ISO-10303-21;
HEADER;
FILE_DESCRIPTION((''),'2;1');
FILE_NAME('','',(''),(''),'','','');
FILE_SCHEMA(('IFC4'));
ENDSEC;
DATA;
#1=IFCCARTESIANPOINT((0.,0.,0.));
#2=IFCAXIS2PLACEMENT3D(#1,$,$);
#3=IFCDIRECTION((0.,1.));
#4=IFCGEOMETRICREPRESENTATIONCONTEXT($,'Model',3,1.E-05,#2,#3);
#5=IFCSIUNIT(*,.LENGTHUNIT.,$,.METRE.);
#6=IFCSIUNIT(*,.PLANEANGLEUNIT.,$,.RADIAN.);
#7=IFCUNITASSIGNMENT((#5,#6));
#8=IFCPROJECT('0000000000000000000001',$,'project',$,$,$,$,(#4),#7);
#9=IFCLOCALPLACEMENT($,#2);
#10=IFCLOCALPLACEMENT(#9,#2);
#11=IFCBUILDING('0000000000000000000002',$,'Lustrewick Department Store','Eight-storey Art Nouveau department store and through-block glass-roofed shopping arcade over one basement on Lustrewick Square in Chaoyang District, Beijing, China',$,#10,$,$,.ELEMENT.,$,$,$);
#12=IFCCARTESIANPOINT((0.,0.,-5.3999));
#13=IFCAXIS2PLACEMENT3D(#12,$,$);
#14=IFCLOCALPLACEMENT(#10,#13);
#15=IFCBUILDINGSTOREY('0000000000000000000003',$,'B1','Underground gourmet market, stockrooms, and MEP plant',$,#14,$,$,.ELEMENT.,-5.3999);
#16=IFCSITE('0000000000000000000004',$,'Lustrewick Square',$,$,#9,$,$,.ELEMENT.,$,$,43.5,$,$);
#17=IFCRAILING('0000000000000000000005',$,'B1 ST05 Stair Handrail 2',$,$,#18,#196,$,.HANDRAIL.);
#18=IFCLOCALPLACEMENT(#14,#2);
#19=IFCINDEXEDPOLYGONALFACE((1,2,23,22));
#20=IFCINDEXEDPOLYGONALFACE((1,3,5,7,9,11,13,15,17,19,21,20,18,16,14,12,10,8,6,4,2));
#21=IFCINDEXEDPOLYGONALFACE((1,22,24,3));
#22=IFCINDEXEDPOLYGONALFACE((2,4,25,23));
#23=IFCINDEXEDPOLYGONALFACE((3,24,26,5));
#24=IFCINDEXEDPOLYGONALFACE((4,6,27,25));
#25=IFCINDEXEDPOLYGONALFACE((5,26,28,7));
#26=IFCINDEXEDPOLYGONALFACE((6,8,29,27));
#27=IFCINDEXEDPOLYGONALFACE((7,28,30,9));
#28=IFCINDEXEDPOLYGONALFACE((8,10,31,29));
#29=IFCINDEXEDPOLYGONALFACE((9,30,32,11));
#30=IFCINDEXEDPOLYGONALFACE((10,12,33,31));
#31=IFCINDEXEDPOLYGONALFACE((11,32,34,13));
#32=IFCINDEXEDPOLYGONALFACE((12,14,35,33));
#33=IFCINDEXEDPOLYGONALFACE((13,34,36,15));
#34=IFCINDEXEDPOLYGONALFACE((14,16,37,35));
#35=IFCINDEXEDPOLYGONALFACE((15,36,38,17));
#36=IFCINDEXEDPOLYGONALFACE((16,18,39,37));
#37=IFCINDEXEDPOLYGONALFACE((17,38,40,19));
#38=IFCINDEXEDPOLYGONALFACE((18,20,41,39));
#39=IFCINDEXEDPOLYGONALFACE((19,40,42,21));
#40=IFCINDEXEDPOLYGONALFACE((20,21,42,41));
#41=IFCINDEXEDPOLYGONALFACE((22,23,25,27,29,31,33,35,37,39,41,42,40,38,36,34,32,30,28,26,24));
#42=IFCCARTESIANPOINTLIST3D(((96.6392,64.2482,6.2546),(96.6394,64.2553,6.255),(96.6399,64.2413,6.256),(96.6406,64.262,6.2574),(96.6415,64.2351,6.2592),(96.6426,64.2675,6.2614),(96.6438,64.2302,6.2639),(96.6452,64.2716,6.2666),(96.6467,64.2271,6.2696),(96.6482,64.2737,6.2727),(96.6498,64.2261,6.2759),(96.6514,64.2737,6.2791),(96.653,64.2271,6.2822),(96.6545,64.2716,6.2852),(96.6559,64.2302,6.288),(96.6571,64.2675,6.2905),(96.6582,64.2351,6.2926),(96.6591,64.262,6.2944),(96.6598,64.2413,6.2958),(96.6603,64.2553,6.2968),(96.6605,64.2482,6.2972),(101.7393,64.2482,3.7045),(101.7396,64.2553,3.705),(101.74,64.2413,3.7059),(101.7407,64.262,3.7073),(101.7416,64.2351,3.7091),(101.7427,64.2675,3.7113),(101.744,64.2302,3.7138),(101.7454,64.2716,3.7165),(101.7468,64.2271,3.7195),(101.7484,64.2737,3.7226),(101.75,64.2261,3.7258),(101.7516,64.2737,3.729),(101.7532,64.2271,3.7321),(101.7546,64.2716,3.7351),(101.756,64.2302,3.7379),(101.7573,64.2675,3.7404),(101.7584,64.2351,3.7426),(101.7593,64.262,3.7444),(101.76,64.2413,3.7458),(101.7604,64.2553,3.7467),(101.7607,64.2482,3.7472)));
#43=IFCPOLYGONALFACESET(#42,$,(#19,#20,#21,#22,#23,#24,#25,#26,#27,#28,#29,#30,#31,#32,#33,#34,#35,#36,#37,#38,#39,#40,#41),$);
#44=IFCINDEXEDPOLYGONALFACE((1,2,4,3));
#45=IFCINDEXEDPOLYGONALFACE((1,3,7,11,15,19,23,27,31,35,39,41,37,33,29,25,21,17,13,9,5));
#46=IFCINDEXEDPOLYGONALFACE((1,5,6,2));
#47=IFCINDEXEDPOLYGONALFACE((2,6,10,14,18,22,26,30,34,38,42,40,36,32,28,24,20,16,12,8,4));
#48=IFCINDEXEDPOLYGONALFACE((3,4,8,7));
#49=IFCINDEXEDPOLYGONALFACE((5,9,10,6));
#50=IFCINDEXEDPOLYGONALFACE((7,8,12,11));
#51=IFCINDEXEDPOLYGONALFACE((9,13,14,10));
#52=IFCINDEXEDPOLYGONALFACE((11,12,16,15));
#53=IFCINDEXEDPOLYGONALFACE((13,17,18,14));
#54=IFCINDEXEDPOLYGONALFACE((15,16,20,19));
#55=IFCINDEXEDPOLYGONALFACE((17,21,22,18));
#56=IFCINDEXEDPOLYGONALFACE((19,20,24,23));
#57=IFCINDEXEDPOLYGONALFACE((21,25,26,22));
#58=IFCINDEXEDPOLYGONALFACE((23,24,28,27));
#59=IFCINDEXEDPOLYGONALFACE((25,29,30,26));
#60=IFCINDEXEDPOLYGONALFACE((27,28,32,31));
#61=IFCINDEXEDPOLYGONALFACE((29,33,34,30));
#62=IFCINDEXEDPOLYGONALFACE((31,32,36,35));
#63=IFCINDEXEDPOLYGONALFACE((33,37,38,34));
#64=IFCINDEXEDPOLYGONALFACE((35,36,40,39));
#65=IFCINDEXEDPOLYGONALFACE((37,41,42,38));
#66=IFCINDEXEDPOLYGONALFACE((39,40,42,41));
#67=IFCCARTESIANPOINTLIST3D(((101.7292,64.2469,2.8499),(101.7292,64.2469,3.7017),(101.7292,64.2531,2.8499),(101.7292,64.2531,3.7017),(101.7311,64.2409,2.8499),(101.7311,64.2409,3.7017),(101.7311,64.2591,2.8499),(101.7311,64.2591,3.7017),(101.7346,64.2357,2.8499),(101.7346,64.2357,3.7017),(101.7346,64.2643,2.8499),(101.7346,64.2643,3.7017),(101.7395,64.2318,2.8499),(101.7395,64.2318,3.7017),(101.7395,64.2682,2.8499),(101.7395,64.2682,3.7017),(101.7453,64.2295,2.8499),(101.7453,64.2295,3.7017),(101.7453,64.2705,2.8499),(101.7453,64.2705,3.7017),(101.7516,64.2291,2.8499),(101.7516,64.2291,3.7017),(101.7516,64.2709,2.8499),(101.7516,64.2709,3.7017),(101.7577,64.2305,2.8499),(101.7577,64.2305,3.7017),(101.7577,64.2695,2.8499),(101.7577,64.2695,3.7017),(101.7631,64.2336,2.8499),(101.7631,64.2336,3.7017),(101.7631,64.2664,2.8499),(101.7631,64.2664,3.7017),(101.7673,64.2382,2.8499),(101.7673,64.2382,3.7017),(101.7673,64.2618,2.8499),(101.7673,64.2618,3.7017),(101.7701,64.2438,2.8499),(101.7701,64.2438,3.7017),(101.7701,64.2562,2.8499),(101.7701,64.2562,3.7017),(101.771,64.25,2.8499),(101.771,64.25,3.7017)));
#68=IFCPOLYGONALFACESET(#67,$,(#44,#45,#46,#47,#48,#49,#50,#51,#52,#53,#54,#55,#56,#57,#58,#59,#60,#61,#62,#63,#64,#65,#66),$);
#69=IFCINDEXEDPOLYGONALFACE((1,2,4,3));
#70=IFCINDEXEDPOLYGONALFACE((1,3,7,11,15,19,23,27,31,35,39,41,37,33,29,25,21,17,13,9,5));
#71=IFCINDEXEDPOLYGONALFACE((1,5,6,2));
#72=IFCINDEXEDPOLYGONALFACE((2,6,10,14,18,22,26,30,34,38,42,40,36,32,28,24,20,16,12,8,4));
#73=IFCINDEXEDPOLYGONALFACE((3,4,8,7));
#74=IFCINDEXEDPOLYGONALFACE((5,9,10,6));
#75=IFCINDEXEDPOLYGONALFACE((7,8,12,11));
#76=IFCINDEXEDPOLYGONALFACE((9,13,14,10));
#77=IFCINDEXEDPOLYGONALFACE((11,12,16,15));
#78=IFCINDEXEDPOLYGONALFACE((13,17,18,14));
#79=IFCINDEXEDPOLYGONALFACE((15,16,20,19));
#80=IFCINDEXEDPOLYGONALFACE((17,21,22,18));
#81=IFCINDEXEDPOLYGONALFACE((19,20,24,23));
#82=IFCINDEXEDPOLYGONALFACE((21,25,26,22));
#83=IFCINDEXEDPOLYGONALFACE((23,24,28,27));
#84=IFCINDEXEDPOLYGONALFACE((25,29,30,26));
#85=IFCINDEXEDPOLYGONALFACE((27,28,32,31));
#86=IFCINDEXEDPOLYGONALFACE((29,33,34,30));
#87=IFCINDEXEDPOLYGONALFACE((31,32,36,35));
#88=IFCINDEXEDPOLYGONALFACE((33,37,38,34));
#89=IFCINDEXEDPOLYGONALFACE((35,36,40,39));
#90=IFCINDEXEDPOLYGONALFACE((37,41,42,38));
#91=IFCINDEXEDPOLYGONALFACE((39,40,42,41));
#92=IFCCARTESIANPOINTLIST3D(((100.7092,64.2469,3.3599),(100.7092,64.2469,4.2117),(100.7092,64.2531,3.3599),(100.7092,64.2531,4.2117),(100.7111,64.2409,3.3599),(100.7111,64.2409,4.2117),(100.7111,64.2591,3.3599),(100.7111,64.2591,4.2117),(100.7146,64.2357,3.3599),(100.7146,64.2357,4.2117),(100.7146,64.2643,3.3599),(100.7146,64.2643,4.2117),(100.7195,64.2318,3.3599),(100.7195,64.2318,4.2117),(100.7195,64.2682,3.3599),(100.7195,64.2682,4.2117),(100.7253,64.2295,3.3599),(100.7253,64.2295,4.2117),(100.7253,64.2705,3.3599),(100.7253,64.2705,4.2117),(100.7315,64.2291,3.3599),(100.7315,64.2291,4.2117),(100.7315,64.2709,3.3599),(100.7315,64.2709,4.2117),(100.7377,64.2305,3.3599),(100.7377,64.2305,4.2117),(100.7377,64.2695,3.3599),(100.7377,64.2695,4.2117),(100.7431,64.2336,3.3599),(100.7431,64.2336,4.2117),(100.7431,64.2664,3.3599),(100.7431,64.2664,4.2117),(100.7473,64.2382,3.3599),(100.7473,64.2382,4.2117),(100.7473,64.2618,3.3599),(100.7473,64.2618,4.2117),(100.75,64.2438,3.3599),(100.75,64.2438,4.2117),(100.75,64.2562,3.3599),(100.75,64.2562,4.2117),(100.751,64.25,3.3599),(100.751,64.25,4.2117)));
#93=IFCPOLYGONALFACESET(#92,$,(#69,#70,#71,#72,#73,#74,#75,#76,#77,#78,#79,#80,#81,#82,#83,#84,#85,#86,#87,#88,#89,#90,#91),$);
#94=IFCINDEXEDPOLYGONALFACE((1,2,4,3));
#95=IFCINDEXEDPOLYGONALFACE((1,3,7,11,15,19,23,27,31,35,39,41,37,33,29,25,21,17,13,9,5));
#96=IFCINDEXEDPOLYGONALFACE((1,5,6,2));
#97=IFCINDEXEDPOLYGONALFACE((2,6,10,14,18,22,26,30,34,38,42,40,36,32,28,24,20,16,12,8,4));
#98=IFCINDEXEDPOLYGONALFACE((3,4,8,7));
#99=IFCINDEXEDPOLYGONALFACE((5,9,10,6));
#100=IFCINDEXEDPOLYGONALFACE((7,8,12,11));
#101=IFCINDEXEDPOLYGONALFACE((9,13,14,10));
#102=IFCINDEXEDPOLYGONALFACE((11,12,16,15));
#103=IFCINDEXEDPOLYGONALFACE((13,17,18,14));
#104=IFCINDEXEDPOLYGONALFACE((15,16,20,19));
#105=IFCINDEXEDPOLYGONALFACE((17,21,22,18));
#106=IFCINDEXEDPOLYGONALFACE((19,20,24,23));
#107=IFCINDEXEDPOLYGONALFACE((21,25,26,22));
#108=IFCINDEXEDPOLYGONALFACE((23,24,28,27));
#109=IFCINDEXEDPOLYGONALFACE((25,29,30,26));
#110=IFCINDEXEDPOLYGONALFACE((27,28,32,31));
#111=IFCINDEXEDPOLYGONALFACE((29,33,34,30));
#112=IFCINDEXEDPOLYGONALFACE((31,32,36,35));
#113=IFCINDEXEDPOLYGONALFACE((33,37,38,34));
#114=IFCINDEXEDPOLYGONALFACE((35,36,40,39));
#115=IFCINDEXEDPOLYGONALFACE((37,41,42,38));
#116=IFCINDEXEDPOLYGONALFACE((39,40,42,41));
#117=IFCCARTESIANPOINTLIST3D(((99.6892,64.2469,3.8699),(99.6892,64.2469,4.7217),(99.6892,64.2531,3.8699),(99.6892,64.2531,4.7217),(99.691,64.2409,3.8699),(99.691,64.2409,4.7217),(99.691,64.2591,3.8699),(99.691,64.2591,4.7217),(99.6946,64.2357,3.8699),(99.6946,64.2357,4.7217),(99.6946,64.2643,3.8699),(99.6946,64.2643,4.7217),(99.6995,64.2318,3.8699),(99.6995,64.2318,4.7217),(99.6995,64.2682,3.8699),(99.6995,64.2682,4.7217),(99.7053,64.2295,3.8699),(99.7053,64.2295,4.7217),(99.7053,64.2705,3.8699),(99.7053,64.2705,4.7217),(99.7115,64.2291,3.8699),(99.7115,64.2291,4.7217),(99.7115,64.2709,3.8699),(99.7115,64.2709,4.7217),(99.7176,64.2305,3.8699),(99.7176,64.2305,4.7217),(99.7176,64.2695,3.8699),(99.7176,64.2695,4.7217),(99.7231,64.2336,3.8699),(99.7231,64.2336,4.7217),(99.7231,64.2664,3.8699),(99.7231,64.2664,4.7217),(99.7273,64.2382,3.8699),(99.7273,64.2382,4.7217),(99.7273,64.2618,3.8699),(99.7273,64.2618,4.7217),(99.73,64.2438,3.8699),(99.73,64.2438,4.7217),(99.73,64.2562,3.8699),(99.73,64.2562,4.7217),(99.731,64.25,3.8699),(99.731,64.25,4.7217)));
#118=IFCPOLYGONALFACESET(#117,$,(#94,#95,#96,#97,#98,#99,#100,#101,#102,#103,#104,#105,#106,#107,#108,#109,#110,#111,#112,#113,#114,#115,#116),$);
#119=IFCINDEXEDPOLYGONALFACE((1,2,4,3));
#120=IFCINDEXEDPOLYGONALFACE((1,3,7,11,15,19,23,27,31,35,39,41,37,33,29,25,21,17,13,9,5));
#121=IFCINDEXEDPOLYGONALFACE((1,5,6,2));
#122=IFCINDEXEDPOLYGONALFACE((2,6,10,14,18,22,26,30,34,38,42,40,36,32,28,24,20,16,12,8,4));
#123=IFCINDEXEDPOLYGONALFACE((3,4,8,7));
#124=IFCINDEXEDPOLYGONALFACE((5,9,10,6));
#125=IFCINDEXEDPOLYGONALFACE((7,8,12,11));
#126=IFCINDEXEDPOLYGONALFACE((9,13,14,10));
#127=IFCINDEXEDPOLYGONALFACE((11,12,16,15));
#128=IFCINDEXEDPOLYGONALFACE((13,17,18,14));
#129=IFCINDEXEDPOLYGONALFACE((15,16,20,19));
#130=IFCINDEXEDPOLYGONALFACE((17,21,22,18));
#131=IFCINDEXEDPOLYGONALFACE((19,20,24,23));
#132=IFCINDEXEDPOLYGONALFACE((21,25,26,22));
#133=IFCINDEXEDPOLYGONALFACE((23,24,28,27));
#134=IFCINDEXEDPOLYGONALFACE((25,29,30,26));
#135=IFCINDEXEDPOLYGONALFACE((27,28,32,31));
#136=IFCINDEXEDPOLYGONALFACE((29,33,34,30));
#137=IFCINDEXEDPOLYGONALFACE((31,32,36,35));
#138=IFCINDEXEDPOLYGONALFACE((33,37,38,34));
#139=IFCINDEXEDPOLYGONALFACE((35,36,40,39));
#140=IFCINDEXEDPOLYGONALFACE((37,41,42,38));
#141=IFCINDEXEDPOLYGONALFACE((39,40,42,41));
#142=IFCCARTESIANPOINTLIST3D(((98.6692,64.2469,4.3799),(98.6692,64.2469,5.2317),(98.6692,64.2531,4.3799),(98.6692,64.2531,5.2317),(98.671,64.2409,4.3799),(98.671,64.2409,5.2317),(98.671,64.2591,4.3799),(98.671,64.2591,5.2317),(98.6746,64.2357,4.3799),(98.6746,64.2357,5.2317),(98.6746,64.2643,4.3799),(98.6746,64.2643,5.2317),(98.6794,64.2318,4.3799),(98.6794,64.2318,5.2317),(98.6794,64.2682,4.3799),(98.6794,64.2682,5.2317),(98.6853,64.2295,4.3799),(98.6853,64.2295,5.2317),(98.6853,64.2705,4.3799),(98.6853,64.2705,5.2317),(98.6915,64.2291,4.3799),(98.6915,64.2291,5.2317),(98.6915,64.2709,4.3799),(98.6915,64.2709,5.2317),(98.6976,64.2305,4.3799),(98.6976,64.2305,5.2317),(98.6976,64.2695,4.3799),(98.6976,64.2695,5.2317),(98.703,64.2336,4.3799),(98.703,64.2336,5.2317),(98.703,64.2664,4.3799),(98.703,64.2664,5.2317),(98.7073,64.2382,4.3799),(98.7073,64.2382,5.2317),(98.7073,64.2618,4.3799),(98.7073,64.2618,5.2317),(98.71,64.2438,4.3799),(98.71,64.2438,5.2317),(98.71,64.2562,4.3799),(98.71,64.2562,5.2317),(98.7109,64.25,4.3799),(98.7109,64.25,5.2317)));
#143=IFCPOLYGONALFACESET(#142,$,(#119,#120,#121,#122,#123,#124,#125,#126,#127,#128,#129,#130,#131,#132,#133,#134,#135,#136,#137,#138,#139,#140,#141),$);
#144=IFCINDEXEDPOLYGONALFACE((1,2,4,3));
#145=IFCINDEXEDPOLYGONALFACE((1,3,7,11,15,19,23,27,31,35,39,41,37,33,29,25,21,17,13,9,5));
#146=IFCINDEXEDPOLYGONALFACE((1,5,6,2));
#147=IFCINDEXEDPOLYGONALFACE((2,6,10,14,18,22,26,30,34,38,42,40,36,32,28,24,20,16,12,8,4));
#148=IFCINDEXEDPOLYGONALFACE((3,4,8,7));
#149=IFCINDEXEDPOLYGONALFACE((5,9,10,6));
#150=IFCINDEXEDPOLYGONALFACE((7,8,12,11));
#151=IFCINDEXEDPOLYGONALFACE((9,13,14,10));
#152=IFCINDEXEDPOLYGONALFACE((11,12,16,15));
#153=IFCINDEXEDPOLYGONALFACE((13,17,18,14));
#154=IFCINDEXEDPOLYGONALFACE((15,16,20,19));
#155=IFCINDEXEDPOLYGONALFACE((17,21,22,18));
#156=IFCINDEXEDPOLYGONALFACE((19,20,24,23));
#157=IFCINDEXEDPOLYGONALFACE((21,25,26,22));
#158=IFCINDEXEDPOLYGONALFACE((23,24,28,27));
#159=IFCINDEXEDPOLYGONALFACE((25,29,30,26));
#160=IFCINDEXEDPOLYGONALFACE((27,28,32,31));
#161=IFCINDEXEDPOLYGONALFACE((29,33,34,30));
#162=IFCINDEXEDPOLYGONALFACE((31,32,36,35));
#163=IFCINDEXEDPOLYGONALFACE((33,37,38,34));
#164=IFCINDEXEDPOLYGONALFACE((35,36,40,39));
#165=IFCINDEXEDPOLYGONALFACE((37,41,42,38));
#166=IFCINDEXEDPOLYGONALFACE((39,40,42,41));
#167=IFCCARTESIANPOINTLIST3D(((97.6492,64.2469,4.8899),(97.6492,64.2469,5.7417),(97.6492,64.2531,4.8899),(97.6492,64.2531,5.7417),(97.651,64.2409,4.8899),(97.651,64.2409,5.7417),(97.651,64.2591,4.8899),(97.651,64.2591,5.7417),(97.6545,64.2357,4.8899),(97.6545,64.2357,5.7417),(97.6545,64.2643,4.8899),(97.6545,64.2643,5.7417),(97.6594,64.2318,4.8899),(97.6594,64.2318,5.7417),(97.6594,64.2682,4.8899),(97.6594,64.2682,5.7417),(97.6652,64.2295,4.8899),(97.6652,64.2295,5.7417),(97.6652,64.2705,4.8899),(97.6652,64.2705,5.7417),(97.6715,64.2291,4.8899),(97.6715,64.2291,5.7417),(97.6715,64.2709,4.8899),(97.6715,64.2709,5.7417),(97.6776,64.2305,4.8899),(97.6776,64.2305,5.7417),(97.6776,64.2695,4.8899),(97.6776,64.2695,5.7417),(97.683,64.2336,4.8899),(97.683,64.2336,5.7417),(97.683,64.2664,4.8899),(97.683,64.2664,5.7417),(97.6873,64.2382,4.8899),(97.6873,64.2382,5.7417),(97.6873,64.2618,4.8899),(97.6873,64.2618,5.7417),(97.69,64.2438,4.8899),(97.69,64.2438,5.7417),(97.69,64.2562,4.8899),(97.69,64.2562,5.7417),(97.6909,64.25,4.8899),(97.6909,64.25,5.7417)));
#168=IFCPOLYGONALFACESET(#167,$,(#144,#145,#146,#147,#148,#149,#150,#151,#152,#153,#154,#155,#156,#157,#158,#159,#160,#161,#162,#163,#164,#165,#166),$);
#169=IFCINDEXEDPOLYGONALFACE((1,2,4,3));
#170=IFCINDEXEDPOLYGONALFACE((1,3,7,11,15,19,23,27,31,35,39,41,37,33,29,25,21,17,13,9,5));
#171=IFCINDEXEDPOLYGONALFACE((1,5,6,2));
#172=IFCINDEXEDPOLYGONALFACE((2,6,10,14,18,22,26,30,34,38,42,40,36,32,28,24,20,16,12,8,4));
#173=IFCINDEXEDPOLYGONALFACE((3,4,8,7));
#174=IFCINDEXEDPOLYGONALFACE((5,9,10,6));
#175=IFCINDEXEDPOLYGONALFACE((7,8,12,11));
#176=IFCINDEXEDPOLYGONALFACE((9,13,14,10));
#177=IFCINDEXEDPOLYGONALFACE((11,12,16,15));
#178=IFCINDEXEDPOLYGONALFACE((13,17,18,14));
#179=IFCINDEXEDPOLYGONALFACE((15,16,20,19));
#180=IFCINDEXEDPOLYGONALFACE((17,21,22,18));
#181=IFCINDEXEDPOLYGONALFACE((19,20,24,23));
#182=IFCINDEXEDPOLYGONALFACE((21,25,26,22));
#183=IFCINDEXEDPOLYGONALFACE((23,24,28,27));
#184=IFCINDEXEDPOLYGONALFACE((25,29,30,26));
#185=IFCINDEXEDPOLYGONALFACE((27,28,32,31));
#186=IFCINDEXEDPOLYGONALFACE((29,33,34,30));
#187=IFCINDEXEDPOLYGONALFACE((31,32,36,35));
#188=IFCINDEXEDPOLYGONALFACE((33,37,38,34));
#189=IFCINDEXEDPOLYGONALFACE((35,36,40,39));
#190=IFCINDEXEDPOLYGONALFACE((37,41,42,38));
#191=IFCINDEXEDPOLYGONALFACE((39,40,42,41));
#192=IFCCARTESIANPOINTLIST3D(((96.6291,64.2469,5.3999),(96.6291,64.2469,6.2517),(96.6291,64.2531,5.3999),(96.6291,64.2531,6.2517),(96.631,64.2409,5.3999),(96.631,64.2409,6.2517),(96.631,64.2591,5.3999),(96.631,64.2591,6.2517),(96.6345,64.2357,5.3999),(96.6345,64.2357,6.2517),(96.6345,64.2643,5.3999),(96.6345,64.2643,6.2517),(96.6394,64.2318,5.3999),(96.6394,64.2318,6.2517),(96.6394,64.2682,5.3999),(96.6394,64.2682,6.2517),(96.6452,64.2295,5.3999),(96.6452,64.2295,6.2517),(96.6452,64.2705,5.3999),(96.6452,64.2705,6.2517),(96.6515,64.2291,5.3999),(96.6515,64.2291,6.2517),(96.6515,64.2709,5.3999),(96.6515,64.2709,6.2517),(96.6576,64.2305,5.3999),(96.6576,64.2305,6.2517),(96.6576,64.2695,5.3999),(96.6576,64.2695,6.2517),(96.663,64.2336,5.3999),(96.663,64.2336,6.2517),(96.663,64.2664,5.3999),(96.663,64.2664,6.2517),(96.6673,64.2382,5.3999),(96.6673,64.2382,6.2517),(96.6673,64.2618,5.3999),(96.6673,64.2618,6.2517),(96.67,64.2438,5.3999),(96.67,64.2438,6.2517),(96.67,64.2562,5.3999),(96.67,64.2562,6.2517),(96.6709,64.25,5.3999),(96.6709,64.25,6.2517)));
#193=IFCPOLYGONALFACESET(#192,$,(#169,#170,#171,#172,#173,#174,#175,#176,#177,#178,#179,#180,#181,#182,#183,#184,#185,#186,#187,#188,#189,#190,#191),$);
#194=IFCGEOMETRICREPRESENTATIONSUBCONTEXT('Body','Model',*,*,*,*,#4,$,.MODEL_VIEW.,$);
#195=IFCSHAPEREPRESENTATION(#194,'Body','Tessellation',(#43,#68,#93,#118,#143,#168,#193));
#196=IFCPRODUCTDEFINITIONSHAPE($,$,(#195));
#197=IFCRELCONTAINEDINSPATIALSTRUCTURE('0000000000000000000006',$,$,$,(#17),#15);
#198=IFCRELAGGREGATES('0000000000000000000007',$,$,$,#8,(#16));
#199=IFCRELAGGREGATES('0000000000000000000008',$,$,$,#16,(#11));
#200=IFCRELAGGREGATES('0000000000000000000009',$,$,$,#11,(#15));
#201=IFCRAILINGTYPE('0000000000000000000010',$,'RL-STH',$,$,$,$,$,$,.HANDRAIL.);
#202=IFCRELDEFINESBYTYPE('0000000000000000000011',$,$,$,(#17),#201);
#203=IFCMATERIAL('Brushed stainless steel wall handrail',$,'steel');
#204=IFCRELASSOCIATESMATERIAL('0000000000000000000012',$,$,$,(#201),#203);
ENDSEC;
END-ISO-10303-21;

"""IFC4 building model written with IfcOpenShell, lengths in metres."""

from ifc_helpers import new_model, si_unit, direction, frame, origin, origin_2d, place, context, subcontext, project, spatial, circle, extrude, material, type_object, element, save


model = new_model("IFC4")

# Units and contexts
model_context = context("Model", 3, precision=1e-05, world=origin(), true_north=direction((0.0, 1.0)))
body_context = subcontext(model_context, "Body", "Model", "MODEL_VIEW")
ifc_project = project(units=[si_unit("LENGTHUNIT", "METRE"), si_unit("PLANEANGLEUNIT", "RADIAN")], contexts=[model_context])

# Site, building, storey
site_placement = place(None, origin())
site = spatial("IfcSite", under=ifc_project, at=site_placement, Name="Lustrewick Square", CompositionType="ELEMENT", RefElevation=43.5)
building_placement = place(site_placement, origin())
building = spatial("IfcBuilding", under=site, at=building_placement, Name="Lustrewick Department Store", Description="Eight-storey Art Nouveau department store and through-block glass-roofed shopping arcade over one basement on Lustrewick Square in Chaoyang District, Beijing, China", CompositionType="ELEMENT")
storey_placement = place(building_placement, frame((0.0, 0.0, -5.3999)))
storey = spatial("IfcBuildingStorey", under=building, at=storey_placement, Name="B1", Description="Underground gourmet market, stockrooms, and MEP plant", CompositionType="ELEMENT", Elevation=-5.3999)

# Railing
ifc_material_1 = material(Name="Brushed stainless steel wall handrail", Category="steel")
railing_type_1 = type_object("IfcRailingType", Name="RL-STH", PredefinedType="HANDRAIL", material=ifc_material_1)
railing_1_placement = place(storey_placement, frame((101.75, 64.25, 2.8499)))
element("IfcRailing", 1, at=railing_1_placement, inside=storey, type_object=railing_type_1, Name="B1 ST05 Stair Handrail 2", PredefinedType="HANDRAIL", context=body_context, shape_type="SweptSolid", body=[
    extrude(circle(Radius=0.0239, at=origin_2d()), frame((0.0, 0.0, 0.876), z_axis=(-0.894427, 0.0, 0.447214), x_axis=(0.0, -1.0, 0.0)), (0.0, 0.0, 1.0), 5.7021),
    extrude(circle(Radius=0.021, at=origin_2d()), origin(), (0.0, 0.0, 1.0), 0.8518),
    extrude(circle(Radius=0.021, at=origin_2d()), frame((-1.02, 0.0, 0.51)), (0.0, 0.0, 1.0), 0.8518),
    extrude(circle(Radius=0.021, at=origin_2d()), frame((-2.04, 0.0, 1.02)), (0.0, 0.0, 1.0), 0.8518),
    extrude(circle(Radius=0.021, at=origin_2d()), frame((-3.0601, 0.0, 1.53)), (0.0, 0.0, 1.0), 0.8518),
    extrude(circle(Radius=0.021, at=origin_2d()), frame((-4.0801, 0.0, 2.04)), (0.0, 0.0, 1.0), 0.8518),
    extrude(circle(Radius=0.021, at=origin_2d()), frame((-5.1001, 0.0, 2.55)), (0.0, 0.0, 1.0), 0.8518),
])

save(model, "model.ifc")
